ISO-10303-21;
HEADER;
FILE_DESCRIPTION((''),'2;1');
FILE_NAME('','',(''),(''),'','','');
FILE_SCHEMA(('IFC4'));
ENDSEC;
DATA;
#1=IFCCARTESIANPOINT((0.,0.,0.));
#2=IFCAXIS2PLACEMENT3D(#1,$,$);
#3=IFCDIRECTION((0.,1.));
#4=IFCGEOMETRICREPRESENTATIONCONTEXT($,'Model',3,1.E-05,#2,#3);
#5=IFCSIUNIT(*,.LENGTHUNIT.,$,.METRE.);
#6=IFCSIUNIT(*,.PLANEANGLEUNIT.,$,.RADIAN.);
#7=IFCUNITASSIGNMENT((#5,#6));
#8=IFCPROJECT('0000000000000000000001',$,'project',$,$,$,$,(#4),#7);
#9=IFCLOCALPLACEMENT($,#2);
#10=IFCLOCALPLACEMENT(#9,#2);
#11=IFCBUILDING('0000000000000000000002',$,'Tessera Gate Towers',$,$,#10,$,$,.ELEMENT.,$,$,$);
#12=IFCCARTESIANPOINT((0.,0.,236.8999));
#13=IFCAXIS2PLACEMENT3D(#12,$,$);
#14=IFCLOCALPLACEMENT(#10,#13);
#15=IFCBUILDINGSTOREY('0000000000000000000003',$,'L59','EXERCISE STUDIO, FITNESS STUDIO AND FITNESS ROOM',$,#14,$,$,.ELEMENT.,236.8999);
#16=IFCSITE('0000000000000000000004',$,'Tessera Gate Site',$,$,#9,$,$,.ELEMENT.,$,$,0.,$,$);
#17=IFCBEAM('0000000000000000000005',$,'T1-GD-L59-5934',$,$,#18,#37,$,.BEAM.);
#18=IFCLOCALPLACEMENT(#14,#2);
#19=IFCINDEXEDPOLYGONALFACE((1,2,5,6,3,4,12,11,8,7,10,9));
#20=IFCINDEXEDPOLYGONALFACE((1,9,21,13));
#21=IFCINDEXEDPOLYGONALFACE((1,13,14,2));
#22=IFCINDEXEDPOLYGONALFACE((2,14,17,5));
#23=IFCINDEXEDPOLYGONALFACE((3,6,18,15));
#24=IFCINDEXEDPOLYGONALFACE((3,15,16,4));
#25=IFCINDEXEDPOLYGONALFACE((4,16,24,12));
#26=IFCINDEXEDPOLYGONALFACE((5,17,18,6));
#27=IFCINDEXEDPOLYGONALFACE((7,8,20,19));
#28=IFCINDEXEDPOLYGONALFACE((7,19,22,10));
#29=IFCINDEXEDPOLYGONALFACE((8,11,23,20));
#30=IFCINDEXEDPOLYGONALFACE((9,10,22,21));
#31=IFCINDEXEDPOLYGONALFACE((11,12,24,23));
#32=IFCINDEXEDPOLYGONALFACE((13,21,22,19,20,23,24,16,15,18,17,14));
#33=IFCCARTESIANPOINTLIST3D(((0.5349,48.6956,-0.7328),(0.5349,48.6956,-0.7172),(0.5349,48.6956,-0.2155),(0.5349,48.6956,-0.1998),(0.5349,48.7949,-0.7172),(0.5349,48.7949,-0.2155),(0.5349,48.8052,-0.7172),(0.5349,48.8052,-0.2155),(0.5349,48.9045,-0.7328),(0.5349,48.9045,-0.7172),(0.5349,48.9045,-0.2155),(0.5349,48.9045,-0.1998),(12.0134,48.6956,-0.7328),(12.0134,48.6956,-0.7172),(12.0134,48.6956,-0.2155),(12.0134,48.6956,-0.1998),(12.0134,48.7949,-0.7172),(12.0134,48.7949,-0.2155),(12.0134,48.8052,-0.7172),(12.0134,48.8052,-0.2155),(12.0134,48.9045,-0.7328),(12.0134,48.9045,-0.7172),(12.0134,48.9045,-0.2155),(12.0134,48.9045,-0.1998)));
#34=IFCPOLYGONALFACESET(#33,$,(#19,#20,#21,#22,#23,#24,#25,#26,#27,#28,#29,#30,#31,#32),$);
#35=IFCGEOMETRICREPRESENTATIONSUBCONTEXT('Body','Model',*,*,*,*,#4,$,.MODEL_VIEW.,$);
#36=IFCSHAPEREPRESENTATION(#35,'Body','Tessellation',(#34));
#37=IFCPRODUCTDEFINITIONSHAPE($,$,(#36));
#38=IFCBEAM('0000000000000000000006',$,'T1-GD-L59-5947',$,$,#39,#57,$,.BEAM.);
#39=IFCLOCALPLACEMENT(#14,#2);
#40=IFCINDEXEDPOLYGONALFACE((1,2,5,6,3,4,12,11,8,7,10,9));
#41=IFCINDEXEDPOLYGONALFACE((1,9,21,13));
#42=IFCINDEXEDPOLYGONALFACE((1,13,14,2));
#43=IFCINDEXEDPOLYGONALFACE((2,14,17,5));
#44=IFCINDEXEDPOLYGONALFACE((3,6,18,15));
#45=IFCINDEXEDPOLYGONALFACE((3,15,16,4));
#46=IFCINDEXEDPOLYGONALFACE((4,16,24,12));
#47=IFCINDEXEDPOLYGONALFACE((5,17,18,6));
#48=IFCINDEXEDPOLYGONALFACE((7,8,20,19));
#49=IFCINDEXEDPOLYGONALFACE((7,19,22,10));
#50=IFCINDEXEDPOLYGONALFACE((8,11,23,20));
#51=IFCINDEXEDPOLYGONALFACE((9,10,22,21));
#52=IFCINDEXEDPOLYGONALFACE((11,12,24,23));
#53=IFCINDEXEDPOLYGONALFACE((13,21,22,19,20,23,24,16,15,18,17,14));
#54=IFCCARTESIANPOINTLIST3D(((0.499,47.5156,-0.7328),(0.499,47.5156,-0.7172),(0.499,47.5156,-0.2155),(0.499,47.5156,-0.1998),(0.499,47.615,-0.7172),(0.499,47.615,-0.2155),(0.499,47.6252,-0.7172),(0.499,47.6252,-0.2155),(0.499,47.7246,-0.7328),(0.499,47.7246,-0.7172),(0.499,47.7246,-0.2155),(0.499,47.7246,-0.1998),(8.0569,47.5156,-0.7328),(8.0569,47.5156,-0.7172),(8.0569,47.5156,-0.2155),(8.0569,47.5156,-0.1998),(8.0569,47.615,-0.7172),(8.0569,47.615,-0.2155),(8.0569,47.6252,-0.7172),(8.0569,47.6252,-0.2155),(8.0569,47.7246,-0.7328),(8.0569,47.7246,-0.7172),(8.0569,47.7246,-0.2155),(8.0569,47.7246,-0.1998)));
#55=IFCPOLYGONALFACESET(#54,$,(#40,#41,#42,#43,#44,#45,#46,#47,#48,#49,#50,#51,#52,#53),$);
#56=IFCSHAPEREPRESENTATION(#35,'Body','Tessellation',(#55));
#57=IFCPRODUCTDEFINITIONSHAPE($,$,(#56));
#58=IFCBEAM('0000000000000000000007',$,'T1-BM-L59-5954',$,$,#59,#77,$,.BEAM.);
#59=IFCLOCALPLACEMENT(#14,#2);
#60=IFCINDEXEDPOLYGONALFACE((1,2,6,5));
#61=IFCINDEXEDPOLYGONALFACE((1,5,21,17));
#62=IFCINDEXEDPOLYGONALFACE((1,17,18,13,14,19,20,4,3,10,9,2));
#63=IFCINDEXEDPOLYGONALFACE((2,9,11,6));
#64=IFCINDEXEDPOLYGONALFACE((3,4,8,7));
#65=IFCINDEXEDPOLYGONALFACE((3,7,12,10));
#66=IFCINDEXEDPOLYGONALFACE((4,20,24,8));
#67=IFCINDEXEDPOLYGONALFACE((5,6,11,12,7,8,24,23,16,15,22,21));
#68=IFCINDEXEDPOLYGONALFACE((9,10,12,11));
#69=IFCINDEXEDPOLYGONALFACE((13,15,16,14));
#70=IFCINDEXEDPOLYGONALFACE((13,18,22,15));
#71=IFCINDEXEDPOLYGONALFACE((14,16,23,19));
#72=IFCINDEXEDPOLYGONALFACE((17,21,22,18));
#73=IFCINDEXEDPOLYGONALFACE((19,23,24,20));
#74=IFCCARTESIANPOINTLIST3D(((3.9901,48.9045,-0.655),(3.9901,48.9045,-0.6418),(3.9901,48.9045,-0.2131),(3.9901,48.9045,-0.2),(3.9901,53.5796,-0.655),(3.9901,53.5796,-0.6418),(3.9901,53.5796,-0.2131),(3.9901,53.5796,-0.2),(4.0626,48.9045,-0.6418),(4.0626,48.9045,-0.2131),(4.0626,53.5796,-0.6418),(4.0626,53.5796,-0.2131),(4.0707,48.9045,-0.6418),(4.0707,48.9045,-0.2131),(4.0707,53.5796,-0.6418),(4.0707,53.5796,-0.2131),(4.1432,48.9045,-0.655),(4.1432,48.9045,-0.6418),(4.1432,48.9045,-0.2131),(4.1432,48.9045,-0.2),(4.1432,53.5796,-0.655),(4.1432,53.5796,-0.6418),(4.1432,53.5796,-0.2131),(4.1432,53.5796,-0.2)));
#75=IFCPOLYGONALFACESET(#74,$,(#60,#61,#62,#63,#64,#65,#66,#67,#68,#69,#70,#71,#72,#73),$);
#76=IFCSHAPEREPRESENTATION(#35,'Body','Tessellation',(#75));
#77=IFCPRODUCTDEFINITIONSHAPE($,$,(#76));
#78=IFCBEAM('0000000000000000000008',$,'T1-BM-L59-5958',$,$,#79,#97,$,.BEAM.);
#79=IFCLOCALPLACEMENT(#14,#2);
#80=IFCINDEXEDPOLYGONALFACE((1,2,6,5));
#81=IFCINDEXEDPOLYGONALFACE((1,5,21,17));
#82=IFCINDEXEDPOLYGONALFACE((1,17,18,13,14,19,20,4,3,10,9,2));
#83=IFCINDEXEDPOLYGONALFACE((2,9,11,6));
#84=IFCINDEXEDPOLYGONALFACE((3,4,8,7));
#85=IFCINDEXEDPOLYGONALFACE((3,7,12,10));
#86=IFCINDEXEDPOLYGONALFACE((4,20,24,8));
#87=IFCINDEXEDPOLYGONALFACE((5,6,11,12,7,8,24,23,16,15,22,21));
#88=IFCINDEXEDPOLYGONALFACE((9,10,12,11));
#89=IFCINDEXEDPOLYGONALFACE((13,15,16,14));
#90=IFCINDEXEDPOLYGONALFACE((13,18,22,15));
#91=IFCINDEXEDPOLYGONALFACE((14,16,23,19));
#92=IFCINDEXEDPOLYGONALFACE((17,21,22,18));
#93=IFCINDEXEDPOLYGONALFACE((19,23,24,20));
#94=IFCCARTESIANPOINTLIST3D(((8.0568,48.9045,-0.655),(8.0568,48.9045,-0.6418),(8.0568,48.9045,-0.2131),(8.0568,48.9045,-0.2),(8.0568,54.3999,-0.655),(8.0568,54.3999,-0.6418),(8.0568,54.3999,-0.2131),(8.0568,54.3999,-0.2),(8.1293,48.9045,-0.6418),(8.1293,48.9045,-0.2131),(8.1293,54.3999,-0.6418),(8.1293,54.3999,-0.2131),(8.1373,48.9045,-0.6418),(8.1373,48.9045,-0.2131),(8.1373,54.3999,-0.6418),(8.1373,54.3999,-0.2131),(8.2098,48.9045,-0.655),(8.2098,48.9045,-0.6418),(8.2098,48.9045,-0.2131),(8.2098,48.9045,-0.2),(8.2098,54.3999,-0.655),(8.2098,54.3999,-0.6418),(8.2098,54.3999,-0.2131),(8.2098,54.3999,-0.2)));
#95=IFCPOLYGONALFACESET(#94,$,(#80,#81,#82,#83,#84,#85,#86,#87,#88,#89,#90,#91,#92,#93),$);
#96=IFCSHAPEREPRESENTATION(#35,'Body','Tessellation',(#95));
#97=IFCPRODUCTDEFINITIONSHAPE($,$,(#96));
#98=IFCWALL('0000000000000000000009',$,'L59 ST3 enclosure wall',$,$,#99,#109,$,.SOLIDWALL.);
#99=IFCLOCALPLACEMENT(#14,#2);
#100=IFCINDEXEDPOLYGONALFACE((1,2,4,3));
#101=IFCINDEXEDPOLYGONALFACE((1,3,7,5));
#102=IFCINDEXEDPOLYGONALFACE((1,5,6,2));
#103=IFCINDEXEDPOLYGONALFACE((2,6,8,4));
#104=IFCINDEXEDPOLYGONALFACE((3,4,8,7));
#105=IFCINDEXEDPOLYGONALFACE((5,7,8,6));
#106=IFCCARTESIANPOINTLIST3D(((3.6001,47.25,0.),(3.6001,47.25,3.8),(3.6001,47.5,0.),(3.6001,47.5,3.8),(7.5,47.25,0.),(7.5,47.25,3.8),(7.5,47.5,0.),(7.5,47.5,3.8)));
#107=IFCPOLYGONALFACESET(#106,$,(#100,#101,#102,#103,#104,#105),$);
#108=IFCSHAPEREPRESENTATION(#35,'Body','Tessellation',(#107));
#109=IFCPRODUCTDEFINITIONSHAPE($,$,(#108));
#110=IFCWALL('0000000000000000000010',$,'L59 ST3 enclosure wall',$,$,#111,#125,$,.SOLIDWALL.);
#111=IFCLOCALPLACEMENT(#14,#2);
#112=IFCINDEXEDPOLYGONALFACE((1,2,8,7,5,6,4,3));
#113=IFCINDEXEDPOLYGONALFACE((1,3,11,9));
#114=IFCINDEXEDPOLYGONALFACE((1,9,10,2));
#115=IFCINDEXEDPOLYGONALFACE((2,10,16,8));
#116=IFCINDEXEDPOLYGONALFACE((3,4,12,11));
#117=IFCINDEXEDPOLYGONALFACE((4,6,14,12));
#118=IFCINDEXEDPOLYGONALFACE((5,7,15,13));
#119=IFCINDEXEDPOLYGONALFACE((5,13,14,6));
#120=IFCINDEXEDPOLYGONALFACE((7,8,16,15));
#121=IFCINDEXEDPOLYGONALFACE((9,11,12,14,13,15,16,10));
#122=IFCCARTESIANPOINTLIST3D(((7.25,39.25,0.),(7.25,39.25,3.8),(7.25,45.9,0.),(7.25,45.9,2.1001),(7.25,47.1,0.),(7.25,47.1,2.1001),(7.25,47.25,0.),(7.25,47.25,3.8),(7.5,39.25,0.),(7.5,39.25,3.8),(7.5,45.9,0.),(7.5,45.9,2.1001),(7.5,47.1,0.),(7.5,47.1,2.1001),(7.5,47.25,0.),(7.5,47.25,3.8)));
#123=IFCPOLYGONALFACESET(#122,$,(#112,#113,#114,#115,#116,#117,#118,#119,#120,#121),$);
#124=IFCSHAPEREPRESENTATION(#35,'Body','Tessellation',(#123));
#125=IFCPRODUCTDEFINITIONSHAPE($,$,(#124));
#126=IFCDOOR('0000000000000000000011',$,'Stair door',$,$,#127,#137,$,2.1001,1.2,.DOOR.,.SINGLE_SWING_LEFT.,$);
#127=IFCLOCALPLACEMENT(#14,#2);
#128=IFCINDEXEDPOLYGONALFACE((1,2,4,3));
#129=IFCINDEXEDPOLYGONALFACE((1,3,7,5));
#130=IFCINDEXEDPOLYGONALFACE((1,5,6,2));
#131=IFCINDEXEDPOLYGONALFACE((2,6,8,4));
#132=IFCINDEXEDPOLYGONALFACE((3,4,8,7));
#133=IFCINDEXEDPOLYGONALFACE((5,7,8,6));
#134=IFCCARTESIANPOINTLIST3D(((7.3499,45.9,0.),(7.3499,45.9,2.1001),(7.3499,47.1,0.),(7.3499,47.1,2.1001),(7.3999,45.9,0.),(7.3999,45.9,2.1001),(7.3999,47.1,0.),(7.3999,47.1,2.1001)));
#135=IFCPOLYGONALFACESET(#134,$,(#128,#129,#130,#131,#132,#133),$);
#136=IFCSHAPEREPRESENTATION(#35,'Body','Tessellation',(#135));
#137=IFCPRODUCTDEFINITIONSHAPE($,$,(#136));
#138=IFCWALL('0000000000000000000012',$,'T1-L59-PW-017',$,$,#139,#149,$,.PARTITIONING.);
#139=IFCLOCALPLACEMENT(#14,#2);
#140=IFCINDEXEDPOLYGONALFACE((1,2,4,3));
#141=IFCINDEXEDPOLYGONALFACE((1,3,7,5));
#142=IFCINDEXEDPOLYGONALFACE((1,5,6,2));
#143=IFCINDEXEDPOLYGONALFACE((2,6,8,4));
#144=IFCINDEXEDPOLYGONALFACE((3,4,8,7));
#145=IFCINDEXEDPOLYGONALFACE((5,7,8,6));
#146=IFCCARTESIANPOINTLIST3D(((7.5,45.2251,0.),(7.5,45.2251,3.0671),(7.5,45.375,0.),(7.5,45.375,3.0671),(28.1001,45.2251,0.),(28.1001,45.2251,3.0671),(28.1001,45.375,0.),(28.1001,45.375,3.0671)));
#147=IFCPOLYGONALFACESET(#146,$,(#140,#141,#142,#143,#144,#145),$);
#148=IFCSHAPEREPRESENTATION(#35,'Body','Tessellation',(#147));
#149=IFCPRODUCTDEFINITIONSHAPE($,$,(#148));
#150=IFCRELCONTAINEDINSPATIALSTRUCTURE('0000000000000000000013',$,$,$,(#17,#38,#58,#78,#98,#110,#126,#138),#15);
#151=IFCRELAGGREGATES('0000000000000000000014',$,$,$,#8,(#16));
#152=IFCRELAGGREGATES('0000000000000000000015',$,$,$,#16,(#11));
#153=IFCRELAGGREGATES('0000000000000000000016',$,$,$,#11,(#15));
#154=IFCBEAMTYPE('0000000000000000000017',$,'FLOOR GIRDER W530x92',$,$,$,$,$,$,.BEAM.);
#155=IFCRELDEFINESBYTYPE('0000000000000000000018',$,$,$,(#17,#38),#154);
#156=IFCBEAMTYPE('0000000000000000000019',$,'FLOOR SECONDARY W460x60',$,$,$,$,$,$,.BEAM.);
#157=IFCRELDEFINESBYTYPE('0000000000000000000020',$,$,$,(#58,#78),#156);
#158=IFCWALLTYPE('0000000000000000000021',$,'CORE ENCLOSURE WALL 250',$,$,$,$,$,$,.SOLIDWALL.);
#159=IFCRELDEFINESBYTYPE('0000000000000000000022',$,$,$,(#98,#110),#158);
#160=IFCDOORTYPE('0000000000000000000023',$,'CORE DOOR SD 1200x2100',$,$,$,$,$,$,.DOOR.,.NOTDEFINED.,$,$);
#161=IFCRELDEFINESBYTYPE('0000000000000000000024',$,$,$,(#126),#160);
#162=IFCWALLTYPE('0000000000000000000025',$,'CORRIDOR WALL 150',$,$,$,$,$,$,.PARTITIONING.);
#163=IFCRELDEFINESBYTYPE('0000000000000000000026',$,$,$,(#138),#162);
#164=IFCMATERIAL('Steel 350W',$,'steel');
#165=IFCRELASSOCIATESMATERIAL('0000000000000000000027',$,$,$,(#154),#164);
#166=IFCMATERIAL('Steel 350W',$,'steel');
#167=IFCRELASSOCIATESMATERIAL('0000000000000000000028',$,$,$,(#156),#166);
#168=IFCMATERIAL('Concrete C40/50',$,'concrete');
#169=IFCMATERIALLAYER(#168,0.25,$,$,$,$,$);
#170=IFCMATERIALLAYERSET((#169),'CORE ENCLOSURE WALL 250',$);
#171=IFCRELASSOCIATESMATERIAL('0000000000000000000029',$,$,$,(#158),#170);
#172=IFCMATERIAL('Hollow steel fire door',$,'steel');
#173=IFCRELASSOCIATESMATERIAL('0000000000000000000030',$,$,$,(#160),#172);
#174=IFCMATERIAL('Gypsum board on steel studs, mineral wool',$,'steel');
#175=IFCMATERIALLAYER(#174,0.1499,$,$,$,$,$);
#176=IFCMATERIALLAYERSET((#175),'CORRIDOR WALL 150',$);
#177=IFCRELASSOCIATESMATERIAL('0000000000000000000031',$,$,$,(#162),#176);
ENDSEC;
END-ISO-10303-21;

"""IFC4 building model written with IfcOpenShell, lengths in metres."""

from ifc_helpers import new_model, si_unit, direction, frame, frame_2d, origin, origin_2d, place, context, subcontext, project, spatial, rectangle, i_section, extrude, source, transform, mapped, material, layer, layer_set, material_profile, profile_set, type_object, element, fill, save


model = new_model("IFC4")

# Units and contexts
model_context = context("Model", 3, precision=1e-05, world=origin(), true_north=direction((0.0, 1.0)))
body_context = subcontext(model_context, "Body", "Model", "MODEL_VIEW")
ifc_project = project(units=[si_unit("LENGTHUNIT", "METRE"), si_unit("PLANEANGLEUNIT", "RADIAN")], contexts=[model_context])

# Site, building, storey
site_placement = place(None, origin())
site = spatial("IfcSite", under=ifc_project, at=site_placement, Name="Tessera Gate Site", CompositionType="ELEMENT", RefElevation=0.0)
building_placement = place(site_placement, origin())
building = spatial("IfcBuilding", under=site, at=building_placement, Name="Tessera Gate Towers", CompositionType="ELEMENT")
storey_placement = place(building_placement, frame((0.0, 0.0, 236.8999)))
storey = spatial("IfcBuildingStorey", under=building, at=storey_placement, Name="L59", Description="EXERCISE STUDIO, FITNESS STUDIO AND FITNESS ROOM", CompositionType="ELEMENT", Elevation=236.8999)

# Beams
ifc_material_1 = material(Name="Steel 350W", Category="steel")
ifc_material_profile_1 = material_profile(ifc_material_1, i_section(OverallWidth=0.209, OverallDepth=0.533, WebThickness=0.0103, FlangeThickness=0.0156, at=origin_2d()), Name="W530x92")
ifc_profile_set_1 = profile_set([ifc_material_profile_1], Name="Steel 350W")
beam_type_1 = type_object("IfcBeamType", Name="FLOOR GIRDER W530x92", PredefinedType="BEAM", material=ifc_profile_set_1)
beam_1_placement = place(storey_placement, frame((0.5349, 48.8, -0.4663), z_axis=(1.0, 0.0, 0.0), x_axis=(0.0, 1.0, 0.0)))
element("IfcBeam", 1, at=beam_1_placement, inside=storey, type_object=beam_type_1, Name="T1-GD-L59-5934", PredefinedType="BEAM", context=body_context, shape_type="SweptSolid", body=[
    extrude(i_section(OverallWidth=0.209, OverallDepth=0.533, WebThickness=0.0103, FlangeThickness=0.0156, at=origin_2d()), origin(), (0.0, 0.0, 1.0), 11.4785),
])
beam_2_placement = place(storey_placement, frame((0.499, 47.6201, -0.4663), z_axis=(1.0, 0.0, 0.0), x_axis=(0.0, 1.0, 0.0)))
element("IfcBeam", 2, at=beam_2_placement, inside=storey, type_object=beam_type_1, Name="T1-GD-L59-5947", PredefinedType="BEAM", context=body_context, shape_type="SweptSolid", body=[
    extrude(i_section(OverallWidth=0.209, OverallDepth=0.533, WebThickness=0.0103, FlangeThickness=0.0156, at=origin_2d()), origin(), (0.0, 0.0, 1.0), 7.5579),
])
ifc_material_2 = material(Name="Steel 350W", Category="steel")
ifc_material_profile_2 = material_profile(ifc_material_2, i_section(OverallWidth=0.1531, OverallDepth=0.4551, WebThickness=0.0081, FlangeThickness=0.0132, at=origin_2d()), Name="W460x60")
ifc_profile_set_2 = profile_set([ifc_material_profile_2], Name="Steel 350W")
beam_type_2 = type_object("IfcBeamType", Name="FLOOR SECONDARY W460x60", PredefinedType="BEAM", material=ifc_profile_set_2)
beam_3_placement = place(storey_placement, frame((4.0667, 48.9045, -0.4275), z_axis=(0.0, 1.0, 0.0), x_axis=(-1.0, 0.0, 0.0)))
element("IfcBeam", 3, at=beam_3_placement, inside=storey, type_object=beam_type_2, Name="T1-BM-L59-5954", PredefinedType="BEAM", context=body_context, shape_type="SweptSolid", body=[
    extrude(i_section(OverallWidth=0.1531, OverallDepth=0.4551, WebThickness=0.0081, FlangeThickness=0.0132, at=origin_2d()), origin(), (0.0, 0.0, 1.0), 4.675),
])
beam_4_placement = place(storey_placement, frame((8.1333, 48.9045, -0.4275), z_axis=(0.0, 1.0, 0.0), x_axis=(-1.0, 0.0, 0.0)))
element("IfcBeam", 4, at=beam_4_placement, inside=storey, type_object=beam_type_2, Name="T1-BM-L59-5958", PredefinedType="BEAM", context=body_context, shape_type="SweptSolid", body=[
    extrude(i_section(OverallWidth=0.1531, OverallDepth=0.4551, WebThickness=0.0081, FlangeThickness=0.0132, at=origin_2d()), origin(), (0.0, 0.0, 1.0), 5.4954),
])

# Wall
ifc_material_3 = material(Name="Concrete C40/50", Category="concrete")
ifc_layer_1 = layer(ifc_material_3, 0.25)
ifc_layer_set_1 = layer_set([ifc_layer_1], Name="CORE ENCLOSURE WALL 250")
wall_type_1 = type_object("IfcWallType", Name="CORE ENCLOSURE WALL 250", PredefinedType="SOLIDWALL", material=ifc_layer_set_1)
wall_1_placement = place(storey_placement, frame((3.6001, 47.375, 0.0), z_axis=(0.0, 0.0, 1.0), x_axis=(1.0, 0.0, 0.0)))
element("IfcWall", 5, at=wall_1_placement, inside=storey, type_object=wall_type_1, Name="L59 ST3 enclosure wall", PredefinedType="SOLIDWALL", context=body_context, shape_type="SweptSolid", body=[
    extrude(rectangle(XDim=3.8999, YDim=0.25, at=frame_2d((1.95, 0.0))), origin(), (0.0, 0.0, 1.0), 3.8),
])

# Wall, opening, door
wall_2_placement = place(storey_placement, frame((7.375, 47.25, 0.0), z_axis=(0.0, 0.0, 1.0), x_axis=(0.0, -1.0, 0.0)))
wall_2 = element("IfcWall", 6, at=wall_2_placement, inside=storey, type_object=wall_type_1, Name="L59 ST3 enclosure wall", PredefinedType="SOLIDWALL", context=body_context, shape_type="SweptSolid", body=[
    extrude(rectangle(XDim=8.0, YDim=0.25, at=frame_2d((4.0, 0.0))), origin(), (0.0, 0.0, 1.0), 3.8),
])
shared_shape_1 = source(origin(), body_context, "Body", "SweptSolid", [
    extrude(rectangle(XDim=1.2, YDim=2.1001, at=frame_2d((0.6001, 1.05))), frame((0.0, 0.135, 0.0), z_axis=(0.0, -1.0, 0.0), x_axis=(1.0, 0.0, 0.0)), (0.0, 0.0, 1.0), 0.27),
])
opening_1_placement = place(wall_2_placement, frame((0.1499, 0.0, 0.0)))
opening_1 = element("IfcOpeningElement", 7, at=opening_1_placement, cuts=wall_2, PredefinedType="OPENING", context=body_context, shape_type="MappedRepresentation", body=[
    mapped(shared_shape_1, transform((0.0, 0.0, 0.0), scale=1.0)),
])
ifc_material_4 = material(Name="Hollow steel fire door", Category="steel")
door_type_1 = type_object("IfcDoorType", Name="CORE DOOR SD 1200x2100", OperationType="NOTDEFINED", PredefinedType="DOOR", material=ifc_material_4)
shared_shape_2 = source(origin(), body_context, "Body", "SweptSolid", [
    extrude(rectangle(XDim=1.2, YDim=2.1001, at=frame_2d((0.6001, 1.05))), frame((0.0, 0.0249, 0.0), z_axis=(0.0, -1.0, 0.0), x_axis=(1.0, 0.0, 0.0)), (0.0, 0.0, 1.0), 0.05),
])
door_1_placement = place(opening_1_placement, origin())
door_1 = element("IfcDoor", 8, at=door_1_placement, inside=storey, type_object=door_type_1, Name="Stair door", OperationType="SINGLE_SWING_LEFT", OverallHeight=2.1001, OverallWidth=1.2, PredefinedType="DOOR", context=body_context, shape_type="MappedRepresentation", body=[
    mapped(shared_shape_2, transform((0.0, 0.0, 0.0), scale=1.0)),
])
fill(opening_1, door_1)

# Wall
ifc_material_5 = material(Name="Gypsum board on steel studs, mineral wool", Category="steel")
ifc_layer_2 = layer(ifc_material_5, 0.1499)
ifc_layer_set_2 = layer_set([ifc_layer_2], Name="CORRIDOR WALL 150")
wall_type_2 = type_object("IfcWallType", Name="CORRIDOR WALL 150", PredefinedType="PARTITIONING", material=ifc_layer_set_2)
wall_3_placement = place(storey_placement, frame((7.5, 45.3, 0.0), z_axis=(0.0, 0.0, 1.0), x_axis=(1.0, 0.0, 0.0)))
element("IfcWall", 9, at=wall_3_placement, inside=storey, type_object=wall_type_2, Name="T1-L59-PW-017", PredefinedType="PARTITIONING", context=body_context, shape_type="SweptSolid", body=[
    extrude(rectangle(XDim=20.6001, YDim=0.1499, at=frame_2d((10.3, 0.0))), origin(), (0.0, 0.0, 1.0), 3.0671),
])

save(model, "model.ifc")
